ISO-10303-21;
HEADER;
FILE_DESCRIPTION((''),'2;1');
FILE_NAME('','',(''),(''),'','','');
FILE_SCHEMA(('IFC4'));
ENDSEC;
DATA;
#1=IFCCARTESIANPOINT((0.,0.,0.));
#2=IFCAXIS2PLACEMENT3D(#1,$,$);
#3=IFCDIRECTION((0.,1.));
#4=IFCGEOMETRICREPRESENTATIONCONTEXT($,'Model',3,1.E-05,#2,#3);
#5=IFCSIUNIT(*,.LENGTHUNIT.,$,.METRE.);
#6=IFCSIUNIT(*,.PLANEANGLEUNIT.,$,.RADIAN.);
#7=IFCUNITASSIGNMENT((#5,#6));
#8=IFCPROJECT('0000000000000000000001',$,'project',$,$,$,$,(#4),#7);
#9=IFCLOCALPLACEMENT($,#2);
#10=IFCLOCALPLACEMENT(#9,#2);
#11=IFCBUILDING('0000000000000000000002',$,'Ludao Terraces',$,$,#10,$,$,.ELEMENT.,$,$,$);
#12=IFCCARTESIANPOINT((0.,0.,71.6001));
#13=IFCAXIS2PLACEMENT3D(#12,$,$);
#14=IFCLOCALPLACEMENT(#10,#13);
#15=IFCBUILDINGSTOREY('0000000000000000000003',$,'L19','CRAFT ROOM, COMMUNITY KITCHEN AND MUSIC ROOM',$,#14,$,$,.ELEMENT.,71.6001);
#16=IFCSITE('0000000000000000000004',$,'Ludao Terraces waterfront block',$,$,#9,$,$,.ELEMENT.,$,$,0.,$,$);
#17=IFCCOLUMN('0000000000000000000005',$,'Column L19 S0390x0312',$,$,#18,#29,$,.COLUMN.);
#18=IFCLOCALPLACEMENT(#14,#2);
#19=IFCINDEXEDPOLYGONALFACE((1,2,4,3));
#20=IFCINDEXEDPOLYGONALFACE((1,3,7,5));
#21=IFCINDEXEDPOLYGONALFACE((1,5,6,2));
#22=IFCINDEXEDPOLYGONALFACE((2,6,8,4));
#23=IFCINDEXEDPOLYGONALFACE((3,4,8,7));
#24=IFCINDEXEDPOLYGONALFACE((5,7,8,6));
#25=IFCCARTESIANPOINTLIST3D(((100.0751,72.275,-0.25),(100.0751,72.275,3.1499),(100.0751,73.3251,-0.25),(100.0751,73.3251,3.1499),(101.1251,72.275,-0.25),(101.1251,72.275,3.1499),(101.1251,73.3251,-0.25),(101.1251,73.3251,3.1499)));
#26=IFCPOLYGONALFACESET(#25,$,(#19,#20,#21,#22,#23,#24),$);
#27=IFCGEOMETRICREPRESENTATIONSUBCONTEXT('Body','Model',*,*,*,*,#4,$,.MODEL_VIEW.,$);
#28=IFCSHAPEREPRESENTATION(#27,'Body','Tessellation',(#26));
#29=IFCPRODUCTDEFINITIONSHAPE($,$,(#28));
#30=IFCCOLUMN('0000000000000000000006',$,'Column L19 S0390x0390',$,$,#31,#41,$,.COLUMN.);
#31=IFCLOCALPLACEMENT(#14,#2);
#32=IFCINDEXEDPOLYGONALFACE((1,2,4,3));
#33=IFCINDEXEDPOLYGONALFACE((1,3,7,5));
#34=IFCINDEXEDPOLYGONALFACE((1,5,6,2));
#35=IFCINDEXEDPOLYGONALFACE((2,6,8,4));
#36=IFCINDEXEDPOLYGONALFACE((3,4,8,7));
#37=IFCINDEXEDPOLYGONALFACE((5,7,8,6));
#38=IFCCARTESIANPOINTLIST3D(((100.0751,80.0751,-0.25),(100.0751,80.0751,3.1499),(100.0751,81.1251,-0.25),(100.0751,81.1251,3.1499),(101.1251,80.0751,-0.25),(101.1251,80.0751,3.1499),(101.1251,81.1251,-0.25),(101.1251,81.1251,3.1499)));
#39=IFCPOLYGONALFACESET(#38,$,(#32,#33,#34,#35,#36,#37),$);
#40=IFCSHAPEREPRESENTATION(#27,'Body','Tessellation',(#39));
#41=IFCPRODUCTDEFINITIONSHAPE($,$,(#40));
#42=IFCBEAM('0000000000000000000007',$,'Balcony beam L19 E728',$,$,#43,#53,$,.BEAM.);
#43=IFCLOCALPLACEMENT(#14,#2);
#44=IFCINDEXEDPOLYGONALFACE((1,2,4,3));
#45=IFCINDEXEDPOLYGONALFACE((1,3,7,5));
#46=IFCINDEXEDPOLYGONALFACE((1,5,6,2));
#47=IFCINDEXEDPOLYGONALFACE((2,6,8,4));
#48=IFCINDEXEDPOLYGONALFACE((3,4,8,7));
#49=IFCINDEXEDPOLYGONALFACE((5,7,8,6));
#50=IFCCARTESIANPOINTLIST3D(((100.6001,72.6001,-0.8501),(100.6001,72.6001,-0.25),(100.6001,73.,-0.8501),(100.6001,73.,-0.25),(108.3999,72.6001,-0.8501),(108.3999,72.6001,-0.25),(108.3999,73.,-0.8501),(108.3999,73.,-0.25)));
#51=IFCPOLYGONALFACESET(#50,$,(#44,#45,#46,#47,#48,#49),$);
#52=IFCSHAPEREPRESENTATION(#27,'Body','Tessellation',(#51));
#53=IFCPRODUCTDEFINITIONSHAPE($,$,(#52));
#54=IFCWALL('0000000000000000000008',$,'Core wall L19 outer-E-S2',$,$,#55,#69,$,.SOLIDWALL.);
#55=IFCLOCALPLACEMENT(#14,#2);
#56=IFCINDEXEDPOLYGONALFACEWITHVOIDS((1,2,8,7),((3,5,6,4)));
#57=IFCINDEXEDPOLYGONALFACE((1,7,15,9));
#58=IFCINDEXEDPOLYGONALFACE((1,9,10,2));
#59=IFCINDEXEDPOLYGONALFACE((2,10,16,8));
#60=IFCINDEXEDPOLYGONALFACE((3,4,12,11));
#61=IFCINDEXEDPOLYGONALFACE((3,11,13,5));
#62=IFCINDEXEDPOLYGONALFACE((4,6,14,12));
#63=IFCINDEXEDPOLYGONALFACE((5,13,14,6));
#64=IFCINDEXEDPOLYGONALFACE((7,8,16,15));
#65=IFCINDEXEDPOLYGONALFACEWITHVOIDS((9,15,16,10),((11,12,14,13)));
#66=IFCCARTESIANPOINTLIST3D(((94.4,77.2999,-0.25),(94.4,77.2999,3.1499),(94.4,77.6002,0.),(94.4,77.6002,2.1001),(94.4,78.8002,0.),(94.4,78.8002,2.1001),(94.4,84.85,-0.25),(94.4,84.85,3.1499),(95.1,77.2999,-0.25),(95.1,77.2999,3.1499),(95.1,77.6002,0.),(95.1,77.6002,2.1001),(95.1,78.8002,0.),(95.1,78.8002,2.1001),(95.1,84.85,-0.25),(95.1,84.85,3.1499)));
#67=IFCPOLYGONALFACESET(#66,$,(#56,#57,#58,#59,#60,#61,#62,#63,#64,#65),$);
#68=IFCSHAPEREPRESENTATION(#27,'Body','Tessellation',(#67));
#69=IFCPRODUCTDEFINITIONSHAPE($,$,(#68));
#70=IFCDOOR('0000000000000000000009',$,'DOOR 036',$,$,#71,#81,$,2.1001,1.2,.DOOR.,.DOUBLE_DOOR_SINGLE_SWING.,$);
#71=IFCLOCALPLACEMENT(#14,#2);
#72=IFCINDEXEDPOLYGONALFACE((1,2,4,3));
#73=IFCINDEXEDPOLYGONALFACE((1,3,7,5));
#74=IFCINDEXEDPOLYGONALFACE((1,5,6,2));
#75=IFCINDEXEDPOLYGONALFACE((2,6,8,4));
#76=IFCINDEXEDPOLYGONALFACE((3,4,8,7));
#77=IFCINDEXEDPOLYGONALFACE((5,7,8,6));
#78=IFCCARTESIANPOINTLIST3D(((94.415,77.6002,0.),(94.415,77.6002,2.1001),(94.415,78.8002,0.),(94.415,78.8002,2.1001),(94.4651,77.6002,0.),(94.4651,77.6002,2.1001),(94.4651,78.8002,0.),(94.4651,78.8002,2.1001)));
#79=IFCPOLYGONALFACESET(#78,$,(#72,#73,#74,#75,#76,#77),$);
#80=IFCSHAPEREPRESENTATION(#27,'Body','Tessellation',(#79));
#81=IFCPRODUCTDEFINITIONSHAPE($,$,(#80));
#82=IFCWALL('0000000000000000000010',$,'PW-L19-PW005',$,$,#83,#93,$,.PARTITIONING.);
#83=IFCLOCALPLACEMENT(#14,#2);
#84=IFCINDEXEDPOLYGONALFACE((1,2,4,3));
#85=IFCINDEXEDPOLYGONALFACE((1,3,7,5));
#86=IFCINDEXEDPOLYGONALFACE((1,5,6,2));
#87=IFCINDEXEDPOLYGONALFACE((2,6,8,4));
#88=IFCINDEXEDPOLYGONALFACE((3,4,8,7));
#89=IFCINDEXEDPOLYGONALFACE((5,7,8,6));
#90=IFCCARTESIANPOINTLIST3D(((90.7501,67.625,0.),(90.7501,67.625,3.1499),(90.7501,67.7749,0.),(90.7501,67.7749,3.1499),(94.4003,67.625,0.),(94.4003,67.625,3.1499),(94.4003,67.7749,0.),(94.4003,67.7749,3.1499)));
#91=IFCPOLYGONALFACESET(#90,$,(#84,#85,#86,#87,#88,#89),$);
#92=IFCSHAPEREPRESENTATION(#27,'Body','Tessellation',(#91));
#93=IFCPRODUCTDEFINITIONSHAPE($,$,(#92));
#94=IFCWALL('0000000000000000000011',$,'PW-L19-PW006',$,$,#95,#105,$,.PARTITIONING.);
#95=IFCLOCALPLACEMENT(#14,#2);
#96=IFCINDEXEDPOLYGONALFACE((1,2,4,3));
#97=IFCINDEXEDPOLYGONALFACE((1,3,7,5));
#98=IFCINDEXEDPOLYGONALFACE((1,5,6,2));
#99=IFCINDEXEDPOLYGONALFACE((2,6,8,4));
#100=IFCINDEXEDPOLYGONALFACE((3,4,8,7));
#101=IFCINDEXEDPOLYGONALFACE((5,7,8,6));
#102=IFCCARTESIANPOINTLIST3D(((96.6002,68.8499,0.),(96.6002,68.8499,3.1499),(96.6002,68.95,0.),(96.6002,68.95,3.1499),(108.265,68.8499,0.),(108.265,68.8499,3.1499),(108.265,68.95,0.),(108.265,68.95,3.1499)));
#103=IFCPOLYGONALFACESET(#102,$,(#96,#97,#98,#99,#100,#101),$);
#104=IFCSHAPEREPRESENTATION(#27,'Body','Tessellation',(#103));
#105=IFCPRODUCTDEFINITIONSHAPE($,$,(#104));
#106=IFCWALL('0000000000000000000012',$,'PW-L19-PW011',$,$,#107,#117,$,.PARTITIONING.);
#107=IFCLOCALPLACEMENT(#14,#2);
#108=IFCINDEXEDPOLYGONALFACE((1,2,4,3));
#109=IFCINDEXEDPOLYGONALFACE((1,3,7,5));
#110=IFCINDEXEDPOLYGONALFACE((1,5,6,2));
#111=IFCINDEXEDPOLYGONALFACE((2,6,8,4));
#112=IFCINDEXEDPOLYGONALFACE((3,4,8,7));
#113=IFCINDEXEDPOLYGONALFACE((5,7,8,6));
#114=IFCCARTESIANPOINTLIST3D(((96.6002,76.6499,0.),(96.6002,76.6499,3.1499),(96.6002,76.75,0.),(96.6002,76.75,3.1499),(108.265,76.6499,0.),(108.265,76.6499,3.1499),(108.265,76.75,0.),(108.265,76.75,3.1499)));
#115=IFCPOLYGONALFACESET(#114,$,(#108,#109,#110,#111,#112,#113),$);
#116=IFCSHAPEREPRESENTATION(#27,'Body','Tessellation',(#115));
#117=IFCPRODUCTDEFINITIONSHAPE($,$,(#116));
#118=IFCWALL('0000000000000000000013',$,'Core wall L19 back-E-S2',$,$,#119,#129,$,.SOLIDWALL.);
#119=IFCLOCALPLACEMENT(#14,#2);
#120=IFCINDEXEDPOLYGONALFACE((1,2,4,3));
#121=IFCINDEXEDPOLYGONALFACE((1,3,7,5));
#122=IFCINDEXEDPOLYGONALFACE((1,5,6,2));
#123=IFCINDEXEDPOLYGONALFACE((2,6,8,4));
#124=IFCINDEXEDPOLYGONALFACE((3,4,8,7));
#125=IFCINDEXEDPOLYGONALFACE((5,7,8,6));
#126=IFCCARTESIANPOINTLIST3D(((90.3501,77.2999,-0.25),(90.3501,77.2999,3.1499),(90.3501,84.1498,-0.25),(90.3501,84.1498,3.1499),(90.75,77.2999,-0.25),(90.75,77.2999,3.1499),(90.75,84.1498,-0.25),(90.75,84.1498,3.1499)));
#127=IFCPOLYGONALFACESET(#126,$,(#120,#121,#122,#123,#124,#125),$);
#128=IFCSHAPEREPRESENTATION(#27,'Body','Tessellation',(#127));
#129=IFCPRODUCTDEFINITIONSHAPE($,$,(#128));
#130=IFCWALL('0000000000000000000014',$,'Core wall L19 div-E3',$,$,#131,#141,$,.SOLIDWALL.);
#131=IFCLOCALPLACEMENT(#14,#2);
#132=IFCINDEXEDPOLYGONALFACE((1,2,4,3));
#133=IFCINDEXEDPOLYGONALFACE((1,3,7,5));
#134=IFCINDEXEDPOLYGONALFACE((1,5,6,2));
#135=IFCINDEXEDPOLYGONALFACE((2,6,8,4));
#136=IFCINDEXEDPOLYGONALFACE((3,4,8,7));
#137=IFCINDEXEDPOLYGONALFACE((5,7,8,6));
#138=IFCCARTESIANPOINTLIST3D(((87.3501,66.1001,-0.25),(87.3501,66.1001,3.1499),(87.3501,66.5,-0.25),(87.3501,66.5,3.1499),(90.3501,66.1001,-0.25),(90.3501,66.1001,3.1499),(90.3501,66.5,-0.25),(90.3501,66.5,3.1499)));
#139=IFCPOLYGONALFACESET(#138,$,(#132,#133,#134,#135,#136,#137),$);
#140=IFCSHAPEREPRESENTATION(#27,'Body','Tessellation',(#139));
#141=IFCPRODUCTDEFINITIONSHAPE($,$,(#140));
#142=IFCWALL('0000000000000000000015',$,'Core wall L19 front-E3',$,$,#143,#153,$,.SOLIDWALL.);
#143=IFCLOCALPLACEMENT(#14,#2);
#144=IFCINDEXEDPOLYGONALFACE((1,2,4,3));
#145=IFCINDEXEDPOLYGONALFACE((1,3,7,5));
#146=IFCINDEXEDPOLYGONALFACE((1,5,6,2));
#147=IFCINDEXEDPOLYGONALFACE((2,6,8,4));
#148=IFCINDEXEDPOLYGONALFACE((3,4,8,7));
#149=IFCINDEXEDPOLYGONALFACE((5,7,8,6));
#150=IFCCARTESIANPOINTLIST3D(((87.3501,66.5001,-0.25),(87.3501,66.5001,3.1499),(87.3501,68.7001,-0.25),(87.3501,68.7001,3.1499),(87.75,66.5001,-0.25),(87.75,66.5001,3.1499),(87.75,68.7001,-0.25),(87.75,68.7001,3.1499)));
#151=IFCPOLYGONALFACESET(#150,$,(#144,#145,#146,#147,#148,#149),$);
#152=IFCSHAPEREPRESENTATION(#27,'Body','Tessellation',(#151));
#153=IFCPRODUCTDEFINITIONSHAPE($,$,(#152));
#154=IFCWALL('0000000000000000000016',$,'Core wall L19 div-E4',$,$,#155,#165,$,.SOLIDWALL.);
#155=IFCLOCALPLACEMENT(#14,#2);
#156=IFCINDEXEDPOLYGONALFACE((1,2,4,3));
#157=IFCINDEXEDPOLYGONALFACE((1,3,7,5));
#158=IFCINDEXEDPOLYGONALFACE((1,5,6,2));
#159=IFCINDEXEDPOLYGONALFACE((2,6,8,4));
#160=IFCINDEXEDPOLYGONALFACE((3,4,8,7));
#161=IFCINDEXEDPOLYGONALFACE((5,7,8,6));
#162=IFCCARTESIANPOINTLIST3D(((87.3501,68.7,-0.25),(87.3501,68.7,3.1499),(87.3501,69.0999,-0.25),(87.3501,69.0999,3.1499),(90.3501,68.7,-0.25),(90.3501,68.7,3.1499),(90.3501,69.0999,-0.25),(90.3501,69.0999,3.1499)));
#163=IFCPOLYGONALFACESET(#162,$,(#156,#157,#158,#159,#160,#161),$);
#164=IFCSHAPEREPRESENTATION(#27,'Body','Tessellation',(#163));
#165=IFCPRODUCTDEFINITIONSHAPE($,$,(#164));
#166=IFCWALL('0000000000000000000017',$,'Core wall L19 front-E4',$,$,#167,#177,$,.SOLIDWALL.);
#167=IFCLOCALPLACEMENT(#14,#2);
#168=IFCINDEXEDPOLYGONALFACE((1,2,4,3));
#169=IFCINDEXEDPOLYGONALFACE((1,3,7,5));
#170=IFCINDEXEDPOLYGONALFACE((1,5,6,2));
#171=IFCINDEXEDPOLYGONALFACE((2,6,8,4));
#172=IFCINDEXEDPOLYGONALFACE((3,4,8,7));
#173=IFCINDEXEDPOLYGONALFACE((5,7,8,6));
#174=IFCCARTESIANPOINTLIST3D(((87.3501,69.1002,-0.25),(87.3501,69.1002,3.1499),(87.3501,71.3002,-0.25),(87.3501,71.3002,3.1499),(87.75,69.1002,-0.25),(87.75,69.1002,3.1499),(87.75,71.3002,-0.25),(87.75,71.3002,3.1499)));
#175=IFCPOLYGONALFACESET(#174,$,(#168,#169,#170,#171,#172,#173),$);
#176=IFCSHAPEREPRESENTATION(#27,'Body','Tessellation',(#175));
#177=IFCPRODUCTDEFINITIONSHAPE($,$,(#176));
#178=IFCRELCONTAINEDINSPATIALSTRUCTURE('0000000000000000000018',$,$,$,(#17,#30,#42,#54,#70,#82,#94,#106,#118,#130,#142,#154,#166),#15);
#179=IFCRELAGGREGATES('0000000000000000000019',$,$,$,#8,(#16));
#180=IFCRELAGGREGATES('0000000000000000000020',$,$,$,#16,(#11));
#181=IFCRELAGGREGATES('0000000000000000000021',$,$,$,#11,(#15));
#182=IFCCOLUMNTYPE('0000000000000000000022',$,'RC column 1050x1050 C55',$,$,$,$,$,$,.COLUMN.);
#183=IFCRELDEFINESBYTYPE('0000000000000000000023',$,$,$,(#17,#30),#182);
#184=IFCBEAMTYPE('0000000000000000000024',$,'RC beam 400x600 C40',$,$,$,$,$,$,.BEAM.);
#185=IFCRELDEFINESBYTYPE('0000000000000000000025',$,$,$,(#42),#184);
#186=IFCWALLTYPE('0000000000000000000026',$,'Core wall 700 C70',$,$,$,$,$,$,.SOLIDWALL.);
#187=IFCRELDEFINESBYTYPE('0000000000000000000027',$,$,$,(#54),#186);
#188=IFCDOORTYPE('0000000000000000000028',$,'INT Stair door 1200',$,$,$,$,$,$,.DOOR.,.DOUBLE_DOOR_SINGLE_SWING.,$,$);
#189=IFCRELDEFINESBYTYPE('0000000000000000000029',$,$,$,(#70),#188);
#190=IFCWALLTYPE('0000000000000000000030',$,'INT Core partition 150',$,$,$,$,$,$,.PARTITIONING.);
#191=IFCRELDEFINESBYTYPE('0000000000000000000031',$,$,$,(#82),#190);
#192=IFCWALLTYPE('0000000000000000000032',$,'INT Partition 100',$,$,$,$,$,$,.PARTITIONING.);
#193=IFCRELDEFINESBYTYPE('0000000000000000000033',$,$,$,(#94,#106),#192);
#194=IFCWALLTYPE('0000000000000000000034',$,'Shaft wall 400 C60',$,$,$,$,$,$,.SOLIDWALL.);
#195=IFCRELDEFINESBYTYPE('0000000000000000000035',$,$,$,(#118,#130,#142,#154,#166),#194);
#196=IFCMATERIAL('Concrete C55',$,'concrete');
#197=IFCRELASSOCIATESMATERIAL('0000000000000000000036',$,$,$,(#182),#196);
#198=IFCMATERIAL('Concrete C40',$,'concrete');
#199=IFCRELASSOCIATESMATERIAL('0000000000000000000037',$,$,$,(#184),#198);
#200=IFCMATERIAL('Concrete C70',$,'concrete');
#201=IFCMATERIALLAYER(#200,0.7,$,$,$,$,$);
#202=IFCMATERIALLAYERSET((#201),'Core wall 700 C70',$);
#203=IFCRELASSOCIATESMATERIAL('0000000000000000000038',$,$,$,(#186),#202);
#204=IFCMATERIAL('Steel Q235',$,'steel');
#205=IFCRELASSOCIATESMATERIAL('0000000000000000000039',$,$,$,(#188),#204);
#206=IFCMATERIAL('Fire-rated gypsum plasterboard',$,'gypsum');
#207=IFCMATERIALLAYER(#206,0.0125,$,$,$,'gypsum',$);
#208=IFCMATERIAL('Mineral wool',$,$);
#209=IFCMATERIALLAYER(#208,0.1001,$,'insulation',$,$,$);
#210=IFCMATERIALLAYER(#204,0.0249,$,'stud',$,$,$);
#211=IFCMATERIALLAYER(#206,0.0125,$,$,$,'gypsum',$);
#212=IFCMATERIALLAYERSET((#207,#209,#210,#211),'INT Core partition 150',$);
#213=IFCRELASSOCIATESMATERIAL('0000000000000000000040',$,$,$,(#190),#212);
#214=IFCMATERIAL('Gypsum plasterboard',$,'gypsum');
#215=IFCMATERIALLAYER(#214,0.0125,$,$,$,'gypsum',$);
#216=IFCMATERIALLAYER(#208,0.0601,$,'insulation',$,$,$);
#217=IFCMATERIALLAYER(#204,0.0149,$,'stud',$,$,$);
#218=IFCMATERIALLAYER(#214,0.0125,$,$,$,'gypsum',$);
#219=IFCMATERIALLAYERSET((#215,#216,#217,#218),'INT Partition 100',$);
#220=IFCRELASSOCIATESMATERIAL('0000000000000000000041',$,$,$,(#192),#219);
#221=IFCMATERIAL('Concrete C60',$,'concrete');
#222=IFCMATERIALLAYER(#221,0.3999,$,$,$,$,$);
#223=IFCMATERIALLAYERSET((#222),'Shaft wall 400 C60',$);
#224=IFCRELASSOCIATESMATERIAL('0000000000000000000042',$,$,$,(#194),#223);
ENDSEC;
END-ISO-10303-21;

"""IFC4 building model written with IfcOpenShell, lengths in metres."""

from ifc_helpers import new_model, si_unit, direction, frame, frame_2d, origin, origin_2d, place, context, subcontext, project, spatial, rectangle, extrude, material, layer, layer_set, material_profile, profile_set, type_object, element, fill, save


model = new_model("IFC4")

# Units and contexts
model_context = context("Model", 3, precision=1e-05, world=origin(), true_north=direction((0.0, 1.0)))
body_context = subcontext(model_context, "Body", "Model", "MODEL_VIEW")
ifc_project = project(units=[si_unit("LENGTHUNIT", "METRE"), si_unit("PLANEANGLEUNIT", "RADIAN")], contexts=[model_context])

# Site, building, storey
site_placement = place(None, origin())
site = spatial("IfcSite", under=ifc_project, at=site_placement, Name="Ludao Terraces waterfront block", CompositionType="ELEMENT", RefElevation=0.0)
building_placement = place(site_placement, origin())
building = spatial("IfcBuilding", under=site, at=building_placement, Name="Ludao Terraces", CompositionType="ELEMENT")
storey_placement = place(building_placement, frame((0.0, 0.0, 71.6001)))
storey = spatial("IfcBuildingStorey", under=building, at=storey_placement, Name="L19", Description="CRAFT ROOM, COMMUNITY KITCHEN AND MUSIC ROOM", CompositionType="ELEMENT", Elevation=71.6001)

# Columns
ifc_material_1 = material(Name="Concrete C55", Category="concrete")
ifc_material_profile_1 = material_profile(ifc_material_1, rectangle(XDim=1.05, YDim=1.05, at=origin_2d()), Name="1050 X 1050")
ifc_profile_set_1 = profile_set([ifc_material_profile_1], Name="Concrete C55")
column_type = type_object("IfcColumnType", Name="RC column 1050x1050 C55", PredefinedType="COLUMN", material=ifc_profile_set_1)
for number, where, z_axis, x_axis, name in (
    (1, (100.6001, 72.8, -0.25), (0.0, 0.0, 1.0), (1.0, 0.0, 0.0), "Column L19 S0390x0312"),
    (2, (100.6001, 80.6001, -0.25), (0.0, 0.0, 1.0), (1.0, 0.0, 0.0), "Column L19 S0390x0390"),
):
    element("IfcColumn", number, at=place(storey_placement, frame(where, z_axis=z_axis, x_axis=x_axis)), inside=storey, type_object=column_type, Name=name, PredefinedType="COLUMN", context=body_context, shape_type="SweptSolid", body=[
        extrude(rectangle(XDim=1.05, YDim=1.05, at=origin_2d()), origin(), (0.0, 0.0, 1.0), 3.3999),
    ])

# Beam
ifc_material_2 = material(Name="Concrete C40", Category="concrete")
ifc_material_profile_2 = material_profile(ifc_material_2, rectangle(XDim=0.3999, YDim=0.6001, at=origin_2d()), Name="400 X 600")
ifc_profile_set_2 = profile_set([ifc_material_profile_2], Name="Concrete C40")
beam_type = type_object("IfcBeamType", Name="RC beam 400x600 C40", PredefinedType="BEAM", material=ifc_profile_set_2)
beam_placement = place(storey_placement, frame((100.6001, 72.8, -0.55), z_axis=(1.0, 0.0, 0.0), x_axis=(0.0, 1.0, 0.0)))
element("IfcBeam", 3, at=beam_placement, inside=storey, type_object=beam_type, Name="Balcony beam L19 E728", PredefinedType="BEAM", context=body_context, shape_type="SweptSolid", body=[
    extrude(rectangle(XDim=0.3999, YDim=0.6001, at=origin_2d()), origin(), (0.0, 0.0, 1.0), 7.7998),
])

# Wall, opening, door
ifc_material_3 = material(Name="Concrete C70", Category="concrete")
ifc_layer_1 = layer(ifc_material_3, 0.7)
ifc_layer_set_1 = layer_set([ifc_layer_1], Name="Core wall 700 C70")
wall_type_1 = type_object("IfcWallType", Name="Core wall 700 C70", PredefinedType="SOLIDWALL", material=ifc_layer_set_1)
wall_1_placement = place(storey_placement, frame((94.75, 77.3, -0.25), z_axis=(0.0, 0.0, 1.0), x_axis=(0.0, 1.0, 0.0)))
wall_1 = element("IfcWall", 4, at=wall_1_placement, inside=storey, type_object=wall_type_1, Name="Core wall L19 outer-E-S2", PredefinedType="SOLIDWALL", context=body_context, shape_type="SweptSolid", body=[
    extrude(rectangle(XDim=7.55, YDim=0.7, at=frame_2d((3.7749, 0.0))), origin(), (0.0, 0.0, 1.0), 3.3999),
])
opening_1_placement = place(wall_1_placement, frame((0.3, 0.0, 0.25)))
opening_1 = element("IfcOpeningElement", 5, at=opening_1_placement, cuts=wall_1, PredefinedType="OPENING", context=body_context, shape_type="SweptSolid", body=[
    extrude(rectangle(XDim=1.2, YDim=2.1001, at=frame_2d((0.6001, 1.05))), frame((0.0, 0.3599, 0.0), z_axis=(0.0, -1.0, 0.0), x_axis=(1.0, 0.0, 0.0)), (0.0, 0.0, 1.0), 0.72),
])
ifc_material_4 = material(Name="Steel Q235", Category="steel")
door_type_1 = type_object("IfcDoorType", Name="INT Stair door 1200", OperationType="DOUBLE_DOOR_SINGLE_SWING", PredefinedType="DOOR", material=ifc_material_4)
door_1_placement = place(opening_1_placement, origin())
door_1 = element("IfcDoor", 6, at=door_1_placement, inside=storey, type_object=door_type_1, Name="DOOR 036", OperationType="DOUBLE_DOOR_SINGLE_SWING", OverallHeight=2.1001, OverallWidth=1.2, PredefinedType="DOOR", context=body_context, shape_type="SweptSolid", body=[
    extrude(rectangle(XDim=1.2, YDim=2.1001, at=frame_2d((0.6001, 1.05))), frame((0.0, 0.335, 0.0), z_axis=(0.0, -1.0, 0.0), x_axis=(1.0, 0.0, 0.0)), (0.0, 0.0, 1.0), 0.05),
])
fill(opening_1, door_1)

# Shared definitions
ifc_material_5 = material(Name="Mineral wool")

# Walls
ifc_material_6 = material(Name="Fire-rated gypsum plasterboard", Category="gypsum")
ifc_layer_2 = layer(ifc_material_6, 0.0125, Category="gypsum")
ifc_layer_3 = layer(ifc_material_5, 0.1001, Name="insulation")
ifc_layer_4 = layer(ifc_material_4, 0.0249, Name="stud")
ifc_layer_5 = layer(ifc_material_6, 0.0125, Category="gypsum")
ifc_layer_set_2 = layer_set([ifc_layer_2, ifc_layer_3, ifc_layer_4, ifc_layer_5], Name="INT Core partition 150")
wall_type_2 = type_object("IfcWallType", Name="INT Core partition 150", PredefinedType="PARTITIONING", material=ifc_layer_set_2)
wall_2_placement = place(storey_placement, frame((90.75, 67.7, 0.0), z_axis=(0.0, 0.0, 1.0), x_axis=(1.0, 0.0, 0.0)))
element("IfcWall", 7, at=wall_2_placement, inside=storey, type_object=wall_type_2, Name="PW-L19-PW005", PredefinedType="PARTITIONING", context=body_context, shape_type="SweptSolid", body=[
    extrude(rectangle(XDim=3.6501, YDim=0.1499, at=frame_2d((1.8252, 0.0))), origin(), (0.0, 0.0, 1.0), 3.1499),
])
ifc_material_7 = material(Name="Gypsum plasterboard", Category="gypsum")
ifc_layer_6 = layer(ifc_material_7, 0.0125, Category="gypsum")
ifc_layer_7 = layer(ifc_material_5, 0.0601, Name="insulation")
ifc_layer_8 = layer(ifc_material_4, 0.0149, Name="stud")
ifc_layer_9 = layer(ifc_material_7, 0.0125, Category="gypsum")
ifc_layer_set_3 = layer_set([ifc_layer_6, ifc_layer_7, ifc_layer_8, ifc_layer_9], Name="INT Partition 100")
wall_type_3 = type_object("IfcWallType", Name="INT Partition 100", PredefinedType="PARTITIONING", material=ifc_layer_set_3)
for number, where, z_axis, x_axis, name in (
    (8, (96.6001, 68.8999, 0.0), (0.0, 0.0, 1.0), (1.0, 0.0, 0.0), "PW-L19-PW006"),
    (9, (96.6001, 76.7, 0.0), (0.0, 0.0, 1.0), (1.0, 0.0, 0.0), "PW-L19-PW011"),
):
    element("IfcWall", number, at=place(storey_placement, frame(where, z_axis=z_axis, x_axis=x_axis)), inside=storey, type_object=wall_type_3, Name=name, PredefinedType="PARTITIONING", context=body_context, shape_type="SweptSolid", body=[
        extrude(rectangle(XDim=11.6648, YDim=0.1001, at=frame_2d((5.8325, 0.0))), origin(), (0.0, 0.0, 1.0), 3.1499),
    ])
ifc_material_8 = material(Name="Concrete C60", Category="concrete")
ifc_layer_10 = layer(ifc_material_8, 0.3999)
ifc_layer_set_4 = layer_set([ifc_layer_10], Name="Shaft wall 400 C60")
wall_type_4 = type_object("IfcWallType", Name="Shaft wall 400 C60", PredefinedType="SOLIDWALL", material=ifc_layer_set_4)
wall_3_placement = place(storey_placement, frame((90.55, 77.3, -0.25), z_axis=(0.0, 0.0, 1.0), x_axis=(0.0, 1.0, 0.0)))
element("IfcWall", 10, at=wall_3_placement, inside=storey, type_object=wall_type_4, Name="Core wall L19 back-E-S2", PredefinedType="SOLIDWALL", context=body_context, shape_type="SweptSolid", body=[
    extrude(rectangle(XDim=6.8499, YDim=0.3999, at=frame_2d((3.4248, 0.0))), origin(), (0.0, 0.0, 1.0), 3.3999),
])
wall_4_placement = place(storey_placement, frame((87.3501, 66.3, -0.25), z_axis=(0.0, 0.0, 1.0), x_axis=(1.0, 0.0, 0.0)))
element("IfcWall", 11, at=wall_4_placement, inside=storey, type_object=wall_type_4, Name="Core wall L19 div-E3", PredefinedType="SOLIDWALL", context=body_context, shape_type="SweptSolid", body=[
    extrude(rectangle(XDim=3.0, YDim=0.3999, at=frame_2d((1.5, 0.0))), origin(), (0.0, 0.0, 1.0), 3.3999),
])
wall_5_placement = place(storey_placement, frame((87.55, 66.5, -0.25), z_axis=(0.0, 0.0, 1.0), x_axis=(0.0, 1.0, 0.0)))
element("IfcWall", 12, at=wall_5_placement, inside=storey, type_object=wall_type_4, Name="Core wall L19 front-E3", PredefinedType="SOLIDWALL", context=body_context, shape_type="SweptSolid", body=[
    extrude(rectangle(XDim=2.2, YDim=0.3999, at=frame_2d((1.1001, 0.0))), origin(), (0.0, 0.0, 1.0), 3.3999),
])
wall_6_placement = place(storey_placement, frame((87.3501, 68.8999, -0.25), z_axis=(0.0, 0.0, 1.0), x_axis=(1.0, 0.0, 0.0)))
element("IfcWall", 13, at=wall_6_placement, inside=storey, type_object=wall_type_4, Name="Core wall L19 div-E4", PredefinedType="SOLIDWALL", context=body_context, shape_type="SweptSolid", body=[
    extrude(rectangle(XDim=3.0, YDim=0.3999, at=frame_2d((1.5, 0.0))), origin(), (0.0, 0.0, 1.0), 3.3999),
])
wall_7_placement = place(storey_placement, frame((87.55, 69.1001, -0.25), z_axis=(0.0, 0.0, 1.0), x_axis=(0.0, 1.0, 0.0)))
element("IfcWall", 14, at=wall_7_placement, inside=storey, type_object=wall_type_4, Name="Core wall L19 front-E4", PredefinedType="SOLIDWALL", context=body_context, shape_type="SweptSolid", body=[
    extrude(rectangle(XDim=2.2, YDim=0.3999, at=frame_2d((1.1001, 0.0))), origin(), (0.0, 0.0, 1.0), 3.3999),
])

save(model, "model.ifc")
